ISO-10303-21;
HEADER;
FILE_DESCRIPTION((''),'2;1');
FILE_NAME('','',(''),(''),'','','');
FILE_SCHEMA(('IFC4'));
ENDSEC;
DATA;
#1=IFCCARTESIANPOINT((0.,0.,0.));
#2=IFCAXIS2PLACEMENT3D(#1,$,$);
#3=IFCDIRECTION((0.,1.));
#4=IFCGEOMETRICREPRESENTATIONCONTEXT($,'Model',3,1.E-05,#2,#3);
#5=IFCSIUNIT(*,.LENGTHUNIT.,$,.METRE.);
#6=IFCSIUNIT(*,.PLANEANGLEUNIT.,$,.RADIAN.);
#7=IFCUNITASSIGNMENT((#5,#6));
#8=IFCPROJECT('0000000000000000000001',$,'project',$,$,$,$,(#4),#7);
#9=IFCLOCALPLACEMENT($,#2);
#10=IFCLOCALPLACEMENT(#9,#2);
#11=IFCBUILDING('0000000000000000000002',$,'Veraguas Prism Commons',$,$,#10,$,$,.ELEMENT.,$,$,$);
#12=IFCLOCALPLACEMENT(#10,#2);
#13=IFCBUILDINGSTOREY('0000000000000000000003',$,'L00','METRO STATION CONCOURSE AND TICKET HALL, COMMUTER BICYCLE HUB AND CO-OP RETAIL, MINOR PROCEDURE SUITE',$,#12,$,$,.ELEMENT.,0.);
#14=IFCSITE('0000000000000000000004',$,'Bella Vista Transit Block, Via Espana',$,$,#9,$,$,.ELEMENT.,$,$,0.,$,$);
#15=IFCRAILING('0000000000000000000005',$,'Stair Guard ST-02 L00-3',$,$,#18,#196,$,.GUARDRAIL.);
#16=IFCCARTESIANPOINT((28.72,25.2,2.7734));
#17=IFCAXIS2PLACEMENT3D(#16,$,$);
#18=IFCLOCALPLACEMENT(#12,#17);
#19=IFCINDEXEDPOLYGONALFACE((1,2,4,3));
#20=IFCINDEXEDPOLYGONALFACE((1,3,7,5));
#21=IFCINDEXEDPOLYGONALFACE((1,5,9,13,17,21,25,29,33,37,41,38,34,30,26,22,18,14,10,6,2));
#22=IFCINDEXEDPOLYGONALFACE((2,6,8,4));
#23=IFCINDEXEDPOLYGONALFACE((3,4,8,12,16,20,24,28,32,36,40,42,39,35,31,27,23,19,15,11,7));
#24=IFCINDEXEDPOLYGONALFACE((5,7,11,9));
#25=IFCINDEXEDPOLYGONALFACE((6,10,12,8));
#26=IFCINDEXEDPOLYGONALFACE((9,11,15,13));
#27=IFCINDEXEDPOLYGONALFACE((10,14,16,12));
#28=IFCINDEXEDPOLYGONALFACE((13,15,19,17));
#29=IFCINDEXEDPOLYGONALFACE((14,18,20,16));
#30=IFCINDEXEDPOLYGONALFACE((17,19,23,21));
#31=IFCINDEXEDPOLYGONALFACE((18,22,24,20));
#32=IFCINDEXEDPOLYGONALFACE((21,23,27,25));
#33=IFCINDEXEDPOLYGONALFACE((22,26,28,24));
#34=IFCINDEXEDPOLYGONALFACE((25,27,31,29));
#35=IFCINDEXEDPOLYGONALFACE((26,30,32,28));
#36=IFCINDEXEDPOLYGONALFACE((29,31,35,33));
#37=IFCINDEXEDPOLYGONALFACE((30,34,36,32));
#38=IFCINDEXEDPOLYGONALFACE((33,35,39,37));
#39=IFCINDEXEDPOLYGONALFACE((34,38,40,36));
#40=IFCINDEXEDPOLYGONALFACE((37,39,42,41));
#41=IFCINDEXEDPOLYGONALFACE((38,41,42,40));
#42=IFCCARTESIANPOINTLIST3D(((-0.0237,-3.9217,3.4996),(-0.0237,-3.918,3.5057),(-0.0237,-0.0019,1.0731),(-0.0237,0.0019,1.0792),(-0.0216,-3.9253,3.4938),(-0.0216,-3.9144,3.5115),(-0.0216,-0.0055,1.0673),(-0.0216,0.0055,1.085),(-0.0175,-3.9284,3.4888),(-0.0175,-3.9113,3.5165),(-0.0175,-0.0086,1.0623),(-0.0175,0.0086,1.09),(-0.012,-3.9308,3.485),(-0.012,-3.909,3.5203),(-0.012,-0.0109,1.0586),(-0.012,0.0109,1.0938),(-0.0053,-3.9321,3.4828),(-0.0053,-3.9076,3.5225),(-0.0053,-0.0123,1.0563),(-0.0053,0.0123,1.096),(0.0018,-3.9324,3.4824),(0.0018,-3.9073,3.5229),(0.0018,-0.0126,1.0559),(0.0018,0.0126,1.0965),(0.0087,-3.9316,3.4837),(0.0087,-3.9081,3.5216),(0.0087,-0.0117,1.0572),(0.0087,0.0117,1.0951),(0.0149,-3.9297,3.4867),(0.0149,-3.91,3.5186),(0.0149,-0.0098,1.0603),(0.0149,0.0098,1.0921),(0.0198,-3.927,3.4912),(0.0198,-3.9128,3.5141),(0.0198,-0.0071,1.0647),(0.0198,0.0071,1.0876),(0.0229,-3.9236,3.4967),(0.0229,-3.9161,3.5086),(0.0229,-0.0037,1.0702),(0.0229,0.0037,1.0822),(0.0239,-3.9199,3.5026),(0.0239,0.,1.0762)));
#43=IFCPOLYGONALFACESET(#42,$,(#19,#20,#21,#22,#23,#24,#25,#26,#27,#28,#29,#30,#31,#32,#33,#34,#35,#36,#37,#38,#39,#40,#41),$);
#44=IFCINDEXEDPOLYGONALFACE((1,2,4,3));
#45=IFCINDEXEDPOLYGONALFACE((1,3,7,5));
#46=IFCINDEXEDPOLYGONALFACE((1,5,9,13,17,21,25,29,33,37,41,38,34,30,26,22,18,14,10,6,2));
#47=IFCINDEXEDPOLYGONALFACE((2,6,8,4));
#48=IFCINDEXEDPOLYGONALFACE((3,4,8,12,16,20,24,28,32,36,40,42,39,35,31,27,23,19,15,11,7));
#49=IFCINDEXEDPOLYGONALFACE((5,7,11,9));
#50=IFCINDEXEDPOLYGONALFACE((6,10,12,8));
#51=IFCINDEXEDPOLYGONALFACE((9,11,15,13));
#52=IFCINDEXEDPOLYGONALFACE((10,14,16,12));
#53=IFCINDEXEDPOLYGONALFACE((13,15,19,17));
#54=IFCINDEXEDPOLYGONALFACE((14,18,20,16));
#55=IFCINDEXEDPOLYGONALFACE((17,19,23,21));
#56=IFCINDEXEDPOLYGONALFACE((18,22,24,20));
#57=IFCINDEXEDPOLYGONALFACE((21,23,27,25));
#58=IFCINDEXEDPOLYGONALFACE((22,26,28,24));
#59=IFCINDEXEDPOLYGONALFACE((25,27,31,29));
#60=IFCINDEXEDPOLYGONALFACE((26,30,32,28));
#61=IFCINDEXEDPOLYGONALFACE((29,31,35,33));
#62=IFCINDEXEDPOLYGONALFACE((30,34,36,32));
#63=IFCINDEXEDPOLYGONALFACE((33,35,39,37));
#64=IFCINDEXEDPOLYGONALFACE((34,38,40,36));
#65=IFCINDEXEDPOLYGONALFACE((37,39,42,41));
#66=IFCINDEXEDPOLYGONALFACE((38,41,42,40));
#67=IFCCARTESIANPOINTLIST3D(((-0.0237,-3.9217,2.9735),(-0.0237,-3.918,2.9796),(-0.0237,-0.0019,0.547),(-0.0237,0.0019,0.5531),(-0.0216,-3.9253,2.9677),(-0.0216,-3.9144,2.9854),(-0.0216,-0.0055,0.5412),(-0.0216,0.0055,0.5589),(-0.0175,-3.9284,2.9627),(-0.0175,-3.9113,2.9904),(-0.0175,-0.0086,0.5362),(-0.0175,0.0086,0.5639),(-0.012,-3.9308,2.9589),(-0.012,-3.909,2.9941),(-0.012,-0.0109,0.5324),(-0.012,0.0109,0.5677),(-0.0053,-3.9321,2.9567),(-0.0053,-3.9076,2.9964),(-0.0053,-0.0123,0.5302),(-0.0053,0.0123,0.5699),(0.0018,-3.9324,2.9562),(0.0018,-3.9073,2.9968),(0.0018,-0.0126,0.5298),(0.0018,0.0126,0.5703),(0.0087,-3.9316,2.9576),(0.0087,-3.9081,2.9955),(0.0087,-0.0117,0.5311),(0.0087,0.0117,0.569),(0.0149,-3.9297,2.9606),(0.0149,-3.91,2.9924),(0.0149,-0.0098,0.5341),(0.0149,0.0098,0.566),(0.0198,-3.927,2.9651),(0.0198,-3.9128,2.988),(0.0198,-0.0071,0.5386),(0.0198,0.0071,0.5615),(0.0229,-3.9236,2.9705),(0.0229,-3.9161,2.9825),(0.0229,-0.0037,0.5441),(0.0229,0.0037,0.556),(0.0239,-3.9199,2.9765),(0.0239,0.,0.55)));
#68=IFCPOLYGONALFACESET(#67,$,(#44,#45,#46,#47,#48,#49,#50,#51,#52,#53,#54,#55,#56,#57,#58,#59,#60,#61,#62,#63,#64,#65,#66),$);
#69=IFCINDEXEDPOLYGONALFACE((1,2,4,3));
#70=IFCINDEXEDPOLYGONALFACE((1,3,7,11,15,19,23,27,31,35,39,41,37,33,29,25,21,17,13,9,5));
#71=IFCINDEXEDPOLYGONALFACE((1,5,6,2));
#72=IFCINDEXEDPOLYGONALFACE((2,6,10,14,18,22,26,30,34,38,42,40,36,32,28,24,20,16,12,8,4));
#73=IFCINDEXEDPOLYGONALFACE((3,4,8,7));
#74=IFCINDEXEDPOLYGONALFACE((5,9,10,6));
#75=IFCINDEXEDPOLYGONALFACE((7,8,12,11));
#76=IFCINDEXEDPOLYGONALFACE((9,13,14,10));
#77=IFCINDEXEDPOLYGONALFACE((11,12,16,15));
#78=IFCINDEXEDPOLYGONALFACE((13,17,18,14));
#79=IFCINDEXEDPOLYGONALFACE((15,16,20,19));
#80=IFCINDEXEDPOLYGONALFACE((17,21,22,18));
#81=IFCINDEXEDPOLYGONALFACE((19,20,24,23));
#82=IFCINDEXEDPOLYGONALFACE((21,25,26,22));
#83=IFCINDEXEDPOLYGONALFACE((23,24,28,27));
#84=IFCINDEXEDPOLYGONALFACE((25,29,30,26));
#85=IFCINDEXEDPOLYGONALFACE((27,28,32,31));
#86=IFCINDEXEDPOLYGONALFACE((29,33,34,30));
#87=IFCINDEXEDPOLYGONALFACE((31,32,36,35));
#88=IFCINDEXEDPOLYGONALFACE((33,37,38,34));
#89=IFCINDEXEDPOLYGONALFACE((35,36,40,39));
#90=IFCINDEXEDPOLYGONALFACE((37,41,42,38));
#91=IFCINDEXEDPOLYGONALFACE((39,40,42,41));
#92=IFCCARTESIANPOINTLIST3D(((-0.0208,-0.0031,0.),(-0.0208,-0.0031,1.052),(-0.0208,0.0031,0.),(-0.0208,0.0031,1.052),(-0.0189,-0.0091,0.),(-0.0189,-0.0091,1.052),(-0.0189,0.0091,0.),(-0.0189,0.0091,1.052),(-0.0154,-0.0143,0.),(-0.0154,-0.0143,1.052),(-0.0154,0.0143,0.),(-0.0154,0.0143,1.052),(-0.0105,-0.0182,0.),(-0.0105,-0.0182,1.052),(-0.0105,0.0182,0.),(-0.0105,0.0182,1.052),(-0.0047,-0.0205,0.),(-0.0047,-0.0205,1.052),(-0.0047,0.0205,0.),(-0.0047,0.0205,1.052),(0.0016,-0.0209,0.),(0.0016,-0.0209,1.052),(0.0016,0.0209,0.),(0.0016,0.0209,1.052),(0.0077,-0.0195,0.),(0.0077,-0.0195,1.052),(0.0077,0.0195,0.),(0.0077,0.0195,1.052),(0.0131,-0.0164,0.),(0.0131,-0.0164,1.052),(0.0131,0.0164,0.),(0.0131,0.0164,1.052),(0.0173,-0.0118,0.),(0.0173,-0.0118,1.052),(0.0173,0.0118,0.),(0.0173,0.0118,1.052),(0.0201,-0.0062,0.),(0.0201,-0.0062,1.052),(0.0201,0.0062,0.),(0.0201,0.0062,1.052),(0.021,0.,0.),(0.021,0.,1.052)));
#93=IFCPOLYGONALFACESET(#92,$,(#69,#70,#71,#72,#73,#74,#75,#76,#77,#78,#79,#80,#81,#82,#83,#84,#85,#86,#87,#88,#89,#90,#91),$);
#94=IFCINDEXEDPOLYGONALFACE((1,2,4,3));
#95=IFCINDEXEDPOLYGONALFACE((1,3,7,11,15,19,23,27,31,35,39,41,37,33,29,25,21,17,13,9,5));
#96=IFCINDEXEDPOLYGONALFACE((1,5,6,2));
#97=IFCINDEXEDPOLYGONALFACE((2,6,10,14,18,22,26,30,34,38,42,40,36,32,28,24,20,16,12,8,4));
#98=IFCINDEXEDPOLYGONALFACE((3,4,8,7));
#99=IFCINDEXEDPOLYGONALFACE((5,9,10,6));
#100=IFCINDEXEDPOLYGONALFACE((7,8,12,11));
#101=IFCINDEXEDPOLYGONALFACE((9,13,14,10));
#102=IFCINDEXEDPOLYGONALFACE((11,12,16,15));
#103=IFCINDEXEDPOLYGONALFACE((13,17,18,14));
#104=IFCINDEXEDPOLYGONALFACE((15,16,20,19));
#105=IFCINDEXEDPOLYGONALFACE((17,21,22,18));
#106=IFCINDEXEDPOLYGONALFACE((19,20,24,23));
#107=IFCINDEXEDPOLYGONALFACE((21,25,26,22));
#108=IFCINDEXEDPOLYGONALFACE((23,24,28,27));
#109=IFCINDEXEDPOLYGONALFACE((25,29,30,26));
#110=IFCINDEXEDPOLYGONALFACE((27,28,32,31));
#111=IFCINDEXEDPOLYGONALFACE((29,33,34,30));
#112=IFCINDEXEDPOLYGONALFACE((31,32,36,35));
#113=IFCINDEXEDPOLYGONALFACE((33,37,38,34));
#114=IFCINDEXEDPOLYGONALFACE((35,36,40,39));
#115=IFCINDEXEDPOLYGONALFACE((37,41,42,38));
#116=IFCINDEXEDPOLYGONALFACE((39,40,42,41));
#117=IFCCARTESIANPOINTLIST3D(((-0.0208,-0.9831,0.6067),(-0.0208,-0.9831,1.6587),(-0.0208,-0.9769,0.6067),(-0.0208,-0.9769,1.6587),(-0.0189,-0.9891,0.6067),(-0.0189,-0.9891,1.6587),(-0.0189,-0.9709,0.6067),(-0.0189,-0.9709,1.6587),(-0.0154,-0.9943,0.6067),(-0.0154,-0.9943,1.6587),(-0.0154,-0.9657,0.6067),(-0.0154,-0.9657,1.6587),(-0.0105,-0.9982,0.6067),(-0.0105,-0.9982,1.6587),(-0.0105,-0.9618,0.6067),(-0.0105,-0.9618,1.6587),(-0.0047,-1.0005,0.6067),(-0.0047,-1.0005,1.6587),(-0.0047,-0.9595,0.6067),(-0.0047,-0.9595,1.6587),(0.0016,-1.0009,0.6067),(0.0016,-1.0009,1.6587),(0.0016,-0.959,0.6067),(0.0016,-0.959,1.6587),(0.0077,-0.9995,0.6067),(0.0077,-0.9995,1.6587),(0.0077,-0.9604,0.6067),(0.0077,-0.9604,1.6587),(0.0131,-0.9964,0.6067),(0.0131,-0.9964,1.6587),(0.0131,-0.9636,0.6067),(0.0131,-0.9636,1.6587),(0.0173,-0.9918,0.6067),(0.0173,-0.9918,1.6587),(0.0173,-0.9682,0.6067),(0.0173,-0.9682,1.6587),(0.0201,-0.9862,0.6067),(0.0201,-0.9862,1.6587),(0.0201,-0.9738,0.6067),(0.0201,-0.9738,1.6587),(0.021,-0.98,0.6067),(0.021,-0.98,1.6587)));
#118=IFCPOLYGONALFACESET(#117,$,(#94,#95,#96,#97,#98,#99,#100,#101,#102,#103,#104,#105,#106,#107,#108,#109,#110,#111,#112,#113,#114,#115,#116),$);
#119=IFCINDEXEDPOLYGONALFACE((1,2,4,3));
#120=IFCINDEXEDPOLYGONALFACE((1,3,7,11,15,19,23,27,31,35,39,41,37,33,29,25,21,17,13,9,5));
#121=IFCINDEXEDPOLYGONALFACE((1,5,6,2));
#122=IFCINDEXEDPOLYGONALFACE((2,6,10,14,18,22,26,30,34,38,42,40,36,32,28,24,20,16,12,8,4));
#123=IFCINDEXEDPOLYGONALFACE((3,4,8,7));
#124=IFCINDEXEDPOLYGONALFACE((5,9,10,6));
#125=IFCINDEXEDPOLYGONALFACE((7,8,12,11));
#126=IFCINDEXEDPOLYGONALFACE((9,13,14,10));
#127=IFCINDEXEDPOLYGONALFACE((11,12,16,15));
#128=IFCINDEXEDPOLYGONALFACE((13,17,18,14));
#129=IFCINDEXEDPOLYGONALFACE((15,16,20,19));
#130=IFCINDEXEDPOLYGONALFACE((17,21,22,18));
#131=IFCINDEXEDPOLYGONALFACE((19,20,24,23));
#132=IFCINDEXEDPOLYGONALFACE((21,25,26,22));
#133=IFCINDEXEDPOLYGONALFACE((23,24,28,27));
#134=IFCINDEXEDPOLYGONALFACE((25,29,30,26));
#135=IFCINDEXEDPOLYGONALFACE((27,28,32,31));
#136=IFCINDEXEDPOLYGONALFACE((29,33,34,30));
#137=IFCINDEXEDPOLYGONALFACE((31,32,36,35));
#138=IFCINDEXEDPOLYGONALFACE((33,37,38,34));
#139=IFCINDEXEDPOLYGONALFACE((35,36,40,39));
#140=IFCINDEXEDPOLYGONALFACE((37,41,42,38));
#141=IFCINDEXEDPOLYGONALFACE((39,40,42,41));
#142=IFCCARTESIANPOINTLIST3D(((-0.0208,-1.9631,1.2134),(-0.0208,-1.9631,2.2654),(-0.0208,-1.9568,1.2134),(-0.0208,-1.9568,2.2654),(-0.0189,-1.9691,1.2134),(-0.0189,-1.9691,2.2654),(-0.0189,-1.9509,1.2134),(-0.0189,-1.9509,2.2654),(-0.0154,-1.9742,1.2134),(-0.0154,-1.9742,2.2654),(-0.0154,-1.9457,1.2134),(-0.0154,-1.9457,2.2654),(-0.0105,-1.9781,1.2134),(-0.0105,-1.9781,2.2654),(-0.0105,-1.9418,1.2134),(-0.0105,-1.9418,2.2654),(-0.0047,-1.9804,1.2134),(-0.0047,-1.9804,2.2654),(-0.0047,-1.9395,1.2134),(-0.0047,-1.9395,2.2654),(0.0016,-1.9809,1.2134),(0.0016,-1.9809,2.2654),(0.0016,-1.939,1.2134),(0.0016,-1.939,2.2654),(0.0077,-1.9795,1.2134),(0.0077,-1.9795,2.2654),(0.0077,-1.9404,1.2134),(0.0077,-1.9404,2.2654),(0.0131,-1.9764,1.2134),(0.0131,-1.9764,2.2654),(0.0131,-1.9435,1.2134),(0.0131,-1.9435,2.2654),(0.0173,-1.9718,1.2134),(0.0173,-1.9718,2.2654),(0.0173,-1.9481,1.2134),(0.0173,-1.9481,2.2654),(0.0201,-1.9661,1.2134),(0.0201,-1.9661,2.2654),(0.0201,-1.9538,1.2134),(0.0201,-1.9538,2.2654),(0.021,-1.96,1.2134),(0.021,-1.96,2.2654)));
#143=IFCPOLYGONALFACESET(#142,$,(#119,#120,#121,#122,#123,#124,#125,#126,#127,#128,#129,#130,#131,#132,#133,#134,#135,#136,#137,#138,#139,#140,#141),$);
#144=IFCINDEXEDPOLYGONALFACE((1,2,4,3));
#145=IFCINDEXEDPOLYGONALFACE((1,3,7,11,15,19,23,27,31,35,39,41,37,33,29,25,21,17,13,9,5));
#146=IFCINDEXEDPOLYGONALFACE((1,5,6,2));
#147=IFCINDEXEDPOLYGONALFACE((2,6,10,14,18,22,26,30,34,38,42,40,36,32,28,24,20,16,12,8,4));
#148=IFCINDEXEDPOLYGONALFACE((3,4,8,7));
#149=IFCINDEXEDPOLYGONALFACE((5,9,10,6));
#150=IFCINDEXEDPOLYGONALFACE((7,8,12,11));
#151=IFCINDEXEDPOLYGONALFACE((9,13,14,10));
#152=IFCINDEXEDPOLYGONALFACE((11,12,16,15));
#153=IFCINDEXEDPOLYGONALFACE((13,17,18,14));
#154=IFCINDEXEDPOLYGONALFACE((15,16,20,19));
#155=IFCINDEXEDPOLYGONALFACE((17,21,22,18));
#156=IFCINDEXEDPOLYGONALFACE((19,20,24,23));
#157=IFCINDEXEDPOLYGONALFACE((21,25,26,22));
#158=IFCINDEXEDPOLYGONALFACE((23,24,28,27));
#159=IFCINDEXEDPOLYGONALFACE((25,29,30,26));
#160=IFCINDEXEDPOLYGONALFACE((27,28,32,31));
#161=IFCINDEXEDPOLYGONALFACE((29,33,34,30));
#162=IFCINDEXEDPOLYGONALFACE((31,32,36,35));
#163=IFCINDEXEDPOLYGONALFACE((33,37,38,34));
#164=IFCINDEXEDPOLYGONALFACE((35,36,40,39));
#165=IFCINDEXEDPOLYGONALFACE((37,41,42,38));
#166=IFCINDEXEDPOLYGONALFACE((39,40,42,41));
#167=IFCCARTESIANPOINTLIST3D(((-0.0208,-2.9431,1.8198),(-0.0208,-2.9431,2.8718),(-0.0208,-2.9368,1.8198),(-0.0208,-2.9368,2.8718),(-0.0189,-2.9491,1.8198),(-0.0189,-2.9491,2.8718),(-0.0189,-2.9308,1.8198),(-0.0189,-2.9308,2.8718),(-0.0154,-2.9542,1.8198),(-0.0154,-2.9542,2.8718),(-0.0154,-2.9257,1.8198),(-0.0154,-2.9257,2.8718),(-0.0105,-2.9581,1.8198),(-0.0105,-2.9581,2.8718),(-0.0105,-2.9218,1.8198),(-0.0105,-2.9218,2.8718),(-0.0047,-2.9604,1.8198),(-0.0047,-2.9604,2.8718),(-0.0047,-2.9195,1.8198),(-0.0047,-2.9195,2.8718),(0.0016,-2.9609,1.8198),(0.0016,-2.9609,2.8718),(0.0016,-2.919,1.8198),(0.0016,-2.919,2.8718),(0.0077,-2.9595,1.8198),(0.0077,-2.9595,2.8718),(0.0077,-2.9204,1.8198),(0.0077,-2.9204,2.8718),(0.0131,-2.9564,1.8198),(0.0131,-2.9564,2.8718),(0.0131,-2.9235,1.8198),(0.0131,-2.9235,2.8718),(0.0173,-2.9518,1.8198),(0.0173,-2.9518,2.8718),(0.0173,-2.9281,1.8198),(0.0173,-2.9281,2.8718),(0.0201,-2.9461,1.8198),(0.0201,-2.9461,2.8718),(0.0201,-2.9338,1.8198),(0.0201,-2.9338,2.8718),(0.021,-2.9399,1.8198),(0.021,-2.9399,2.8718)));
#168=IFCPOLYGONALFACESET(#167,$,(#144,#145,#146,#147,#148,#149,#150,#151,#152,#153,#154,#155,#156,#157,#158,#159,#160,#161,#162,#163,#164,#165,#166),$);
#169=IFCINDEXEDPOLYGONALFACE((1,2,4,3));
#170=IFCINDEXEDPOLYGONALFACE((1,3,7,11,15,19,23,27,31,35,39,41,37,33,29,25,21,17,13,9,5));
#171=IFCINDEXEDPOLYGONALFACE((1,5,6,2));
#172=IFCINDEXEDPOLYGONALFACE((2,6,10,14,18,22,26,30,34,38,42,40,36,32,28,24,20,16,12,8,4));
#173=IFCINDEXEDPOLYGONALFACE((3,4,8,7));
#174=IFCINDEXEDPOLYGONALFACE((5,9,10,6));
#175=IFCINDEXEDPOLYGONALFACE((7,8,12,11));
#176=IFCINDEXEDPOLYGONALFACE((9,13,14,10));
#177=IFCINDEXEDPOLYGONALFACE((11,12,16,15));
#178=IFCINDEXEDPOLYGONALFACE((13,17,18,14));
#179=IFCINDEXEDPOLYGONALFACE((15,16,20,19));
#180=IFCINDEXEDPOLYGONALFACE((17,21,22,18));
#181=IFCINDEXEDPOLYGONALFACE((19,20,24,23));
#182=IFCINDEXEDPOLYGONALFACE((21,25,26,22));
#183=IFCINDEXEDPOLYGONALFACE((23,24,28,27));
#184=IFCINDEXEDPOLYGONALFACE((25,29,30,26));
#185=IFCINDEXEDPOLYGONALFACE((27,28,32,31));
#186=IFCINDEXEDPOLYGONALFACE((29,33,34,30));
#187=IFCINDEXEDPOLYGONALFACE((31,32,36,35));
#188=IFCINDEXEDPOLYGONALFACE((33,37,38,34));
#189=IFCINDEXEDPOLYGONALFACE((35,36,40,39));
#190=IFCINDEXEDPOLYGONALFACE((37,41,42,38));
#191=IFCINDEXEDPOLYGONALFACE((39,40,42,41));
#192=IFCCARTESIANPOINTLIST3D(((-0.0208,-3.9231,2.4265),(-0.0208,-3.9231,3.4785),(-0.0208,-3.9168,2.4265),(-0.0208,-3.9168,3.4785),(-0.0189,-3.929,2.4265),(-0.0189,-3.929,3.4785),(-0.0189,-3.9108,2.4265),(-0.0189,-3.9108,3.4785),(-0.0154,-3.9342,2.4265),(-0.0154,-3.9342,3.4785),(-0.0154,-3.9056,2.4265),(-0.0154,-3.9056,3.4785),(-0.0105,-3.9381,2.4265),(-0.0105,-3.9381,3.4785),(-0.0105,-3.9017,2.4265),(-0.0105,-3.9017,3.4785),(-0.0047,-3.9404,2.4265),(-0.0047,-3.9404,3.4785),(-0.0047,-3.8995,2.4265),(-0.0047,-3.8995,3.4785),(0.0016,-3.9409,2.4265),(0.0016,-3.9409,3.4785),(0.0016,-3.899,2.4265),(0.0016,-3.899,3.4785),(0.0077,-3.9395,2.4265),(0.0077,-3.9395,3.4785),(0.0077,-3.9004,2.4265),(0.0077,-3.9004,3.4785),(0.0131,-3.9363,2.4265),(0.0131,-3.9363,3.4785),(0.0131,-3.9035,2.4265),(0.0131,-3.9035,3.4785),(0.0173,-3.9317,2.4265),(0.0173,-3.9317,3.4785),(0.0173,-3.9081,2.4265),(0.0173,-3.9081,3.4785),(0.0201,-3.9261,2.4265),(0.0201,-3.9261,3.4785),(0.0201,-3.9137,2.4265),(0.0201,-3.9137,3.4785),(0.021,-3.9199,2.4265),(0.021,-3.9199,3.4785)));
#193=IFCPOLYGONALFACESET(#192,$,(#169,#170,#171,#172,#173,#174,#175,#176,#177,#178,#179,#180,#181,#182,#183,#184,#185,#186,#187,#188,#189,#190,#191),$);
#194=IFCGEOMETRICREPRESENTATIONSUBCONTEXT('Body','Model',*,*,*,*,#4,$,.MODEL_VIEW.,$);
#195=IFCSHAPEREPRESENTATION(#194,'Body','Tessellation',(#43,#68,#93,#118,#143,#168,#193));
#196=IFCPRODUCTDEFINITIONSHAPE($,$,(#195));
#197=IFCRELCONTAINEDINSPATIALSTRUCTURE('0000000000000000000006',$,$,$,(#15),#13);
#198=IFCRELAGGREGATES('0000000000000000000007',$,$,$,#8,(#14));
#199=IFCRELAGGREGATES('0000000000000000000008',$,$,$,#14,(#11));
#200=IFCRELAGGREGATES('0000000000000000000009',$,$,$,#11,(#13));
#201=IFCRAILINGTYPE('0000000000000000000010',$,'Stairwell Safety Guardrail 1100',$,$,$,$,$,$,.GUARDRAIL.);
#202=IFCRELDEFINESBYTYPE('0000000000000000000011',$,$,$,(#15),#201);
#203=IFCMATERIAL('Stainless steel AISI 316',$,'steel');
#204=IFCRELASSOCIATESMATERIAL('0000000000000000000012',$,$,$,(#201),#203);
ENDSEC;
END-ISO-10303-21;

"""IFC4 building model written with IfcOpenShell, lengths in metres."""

from ifc_helpers import new_model, si_unit, direction, frame, origin, origin_2d, place, context, subcontext, project, spatial, circle, extrude, material, type_object, element, save


model = new_model("IFC4")

# Units and contexts
model_context = context("Model", 3, precision=1e-05, world=origin(), true_north=direction((0.0, 1.0)))
body_context = subcontext(model_context, "Body", "Model", "MODEL_VIEW")
ifc_project = project(units=[si_unit("LENGTHUNIT", "METRE"), si_unit("PLANEANGLEUNIT", "RADIAN")], contexts=[model_context])

# Site, building, storey
site_placement = place(None, origin())
site = spatial("IfcSite", under=ifc_project, at=site_placement, Name="Bella Vista Transit Block, Via Espana", CompositionType="ELEMENT", RefElevation=0.0)
building_placement = place(site_placement, origin())
building = spatial("IfcBuilding", under=site, at=building_placement, Name="Veraguas Prism Commons", CompositionType="ELEMENT")
storey_placement = place(building_placement, origin())
storey = spatial("IfcBuildingStorey", under=building, at=storey_placement, Name="L00", Description="METRO STATION CONCOURSE AND TICKET HALL, COMMUTER BICYCLE HUB AND CO-OP RETAIL, MINOR PROCEDURE SUITE", CompositionType="ELEMENT", Elevation=0.0)

# Shared definitions
ifc_material_1 = material(Name="Stainless steel AISI 316", Category="steel")

# Railing
railing_type_1 = type_object("IfcRailingType", Name="Stairwell Safety Guardrail 1100", PredefinedType="GUARDRAIL", material=ifc_material_1)
railing_1_placement = place(storey_placement, frame((28.72, 25.2, 2.7734)))
element("IfcRailing", 1, at=railing_1_placement, inside=storey, type_object=railing_type_1, Name="Stair Guard ST-02 L00-3", PredefinedType="GUARDRAIL", context=body_context, shape_type="SweptSolid", body=[
    extrude(circle(Radius=0.0239, at=origin_2d()), frame((0.0, 0.0, 1.0762), z_axis=(0.0, -0.850275, 0.526338), x_axis=(1.0, 0.0, 0.0)), (0.0, 0.0, 1.0), 4.6101),
    extrude(circle(Radius=0.0239, at=origin_2d()), frame((0.0, 0.0, 0.55), z_axis=(0.0, -0.850275, 0.526338), x_axis=(1.0, 0.0, 0.0)), (0.0, 0.0, 1.0), 4.6101),
    extrude(circle(Radius=0.021, at=origin_2d()), origin(), (0.0, 0.0, 1.0), 1.052),
    extrude(circle(Radius=0.021, at=origin_2d()), frame((0.0, -0.98, 0.6067)), (0.0, 0.0, 1.0), 1.052),
    extrude(circle(Radius=0.021, at=origin_2d()), frame((0.0, -1.96, 1.2134)), (0.0, 0.0, 1.0), 1.052),
    extrude(circle(Radius=0.021, at=origin_2d()), frame((0.0, -2.9399, 1.8198)), (0.0, 0.0, 1.0), 1.052),
    extrude(circle(Radius=0.021, at=origin_2d()), frame((0.0, -3.9199, 2.4265)), (0.0, 0.0, 1.0), 1.052),
])

save(model, "model.ifc")
